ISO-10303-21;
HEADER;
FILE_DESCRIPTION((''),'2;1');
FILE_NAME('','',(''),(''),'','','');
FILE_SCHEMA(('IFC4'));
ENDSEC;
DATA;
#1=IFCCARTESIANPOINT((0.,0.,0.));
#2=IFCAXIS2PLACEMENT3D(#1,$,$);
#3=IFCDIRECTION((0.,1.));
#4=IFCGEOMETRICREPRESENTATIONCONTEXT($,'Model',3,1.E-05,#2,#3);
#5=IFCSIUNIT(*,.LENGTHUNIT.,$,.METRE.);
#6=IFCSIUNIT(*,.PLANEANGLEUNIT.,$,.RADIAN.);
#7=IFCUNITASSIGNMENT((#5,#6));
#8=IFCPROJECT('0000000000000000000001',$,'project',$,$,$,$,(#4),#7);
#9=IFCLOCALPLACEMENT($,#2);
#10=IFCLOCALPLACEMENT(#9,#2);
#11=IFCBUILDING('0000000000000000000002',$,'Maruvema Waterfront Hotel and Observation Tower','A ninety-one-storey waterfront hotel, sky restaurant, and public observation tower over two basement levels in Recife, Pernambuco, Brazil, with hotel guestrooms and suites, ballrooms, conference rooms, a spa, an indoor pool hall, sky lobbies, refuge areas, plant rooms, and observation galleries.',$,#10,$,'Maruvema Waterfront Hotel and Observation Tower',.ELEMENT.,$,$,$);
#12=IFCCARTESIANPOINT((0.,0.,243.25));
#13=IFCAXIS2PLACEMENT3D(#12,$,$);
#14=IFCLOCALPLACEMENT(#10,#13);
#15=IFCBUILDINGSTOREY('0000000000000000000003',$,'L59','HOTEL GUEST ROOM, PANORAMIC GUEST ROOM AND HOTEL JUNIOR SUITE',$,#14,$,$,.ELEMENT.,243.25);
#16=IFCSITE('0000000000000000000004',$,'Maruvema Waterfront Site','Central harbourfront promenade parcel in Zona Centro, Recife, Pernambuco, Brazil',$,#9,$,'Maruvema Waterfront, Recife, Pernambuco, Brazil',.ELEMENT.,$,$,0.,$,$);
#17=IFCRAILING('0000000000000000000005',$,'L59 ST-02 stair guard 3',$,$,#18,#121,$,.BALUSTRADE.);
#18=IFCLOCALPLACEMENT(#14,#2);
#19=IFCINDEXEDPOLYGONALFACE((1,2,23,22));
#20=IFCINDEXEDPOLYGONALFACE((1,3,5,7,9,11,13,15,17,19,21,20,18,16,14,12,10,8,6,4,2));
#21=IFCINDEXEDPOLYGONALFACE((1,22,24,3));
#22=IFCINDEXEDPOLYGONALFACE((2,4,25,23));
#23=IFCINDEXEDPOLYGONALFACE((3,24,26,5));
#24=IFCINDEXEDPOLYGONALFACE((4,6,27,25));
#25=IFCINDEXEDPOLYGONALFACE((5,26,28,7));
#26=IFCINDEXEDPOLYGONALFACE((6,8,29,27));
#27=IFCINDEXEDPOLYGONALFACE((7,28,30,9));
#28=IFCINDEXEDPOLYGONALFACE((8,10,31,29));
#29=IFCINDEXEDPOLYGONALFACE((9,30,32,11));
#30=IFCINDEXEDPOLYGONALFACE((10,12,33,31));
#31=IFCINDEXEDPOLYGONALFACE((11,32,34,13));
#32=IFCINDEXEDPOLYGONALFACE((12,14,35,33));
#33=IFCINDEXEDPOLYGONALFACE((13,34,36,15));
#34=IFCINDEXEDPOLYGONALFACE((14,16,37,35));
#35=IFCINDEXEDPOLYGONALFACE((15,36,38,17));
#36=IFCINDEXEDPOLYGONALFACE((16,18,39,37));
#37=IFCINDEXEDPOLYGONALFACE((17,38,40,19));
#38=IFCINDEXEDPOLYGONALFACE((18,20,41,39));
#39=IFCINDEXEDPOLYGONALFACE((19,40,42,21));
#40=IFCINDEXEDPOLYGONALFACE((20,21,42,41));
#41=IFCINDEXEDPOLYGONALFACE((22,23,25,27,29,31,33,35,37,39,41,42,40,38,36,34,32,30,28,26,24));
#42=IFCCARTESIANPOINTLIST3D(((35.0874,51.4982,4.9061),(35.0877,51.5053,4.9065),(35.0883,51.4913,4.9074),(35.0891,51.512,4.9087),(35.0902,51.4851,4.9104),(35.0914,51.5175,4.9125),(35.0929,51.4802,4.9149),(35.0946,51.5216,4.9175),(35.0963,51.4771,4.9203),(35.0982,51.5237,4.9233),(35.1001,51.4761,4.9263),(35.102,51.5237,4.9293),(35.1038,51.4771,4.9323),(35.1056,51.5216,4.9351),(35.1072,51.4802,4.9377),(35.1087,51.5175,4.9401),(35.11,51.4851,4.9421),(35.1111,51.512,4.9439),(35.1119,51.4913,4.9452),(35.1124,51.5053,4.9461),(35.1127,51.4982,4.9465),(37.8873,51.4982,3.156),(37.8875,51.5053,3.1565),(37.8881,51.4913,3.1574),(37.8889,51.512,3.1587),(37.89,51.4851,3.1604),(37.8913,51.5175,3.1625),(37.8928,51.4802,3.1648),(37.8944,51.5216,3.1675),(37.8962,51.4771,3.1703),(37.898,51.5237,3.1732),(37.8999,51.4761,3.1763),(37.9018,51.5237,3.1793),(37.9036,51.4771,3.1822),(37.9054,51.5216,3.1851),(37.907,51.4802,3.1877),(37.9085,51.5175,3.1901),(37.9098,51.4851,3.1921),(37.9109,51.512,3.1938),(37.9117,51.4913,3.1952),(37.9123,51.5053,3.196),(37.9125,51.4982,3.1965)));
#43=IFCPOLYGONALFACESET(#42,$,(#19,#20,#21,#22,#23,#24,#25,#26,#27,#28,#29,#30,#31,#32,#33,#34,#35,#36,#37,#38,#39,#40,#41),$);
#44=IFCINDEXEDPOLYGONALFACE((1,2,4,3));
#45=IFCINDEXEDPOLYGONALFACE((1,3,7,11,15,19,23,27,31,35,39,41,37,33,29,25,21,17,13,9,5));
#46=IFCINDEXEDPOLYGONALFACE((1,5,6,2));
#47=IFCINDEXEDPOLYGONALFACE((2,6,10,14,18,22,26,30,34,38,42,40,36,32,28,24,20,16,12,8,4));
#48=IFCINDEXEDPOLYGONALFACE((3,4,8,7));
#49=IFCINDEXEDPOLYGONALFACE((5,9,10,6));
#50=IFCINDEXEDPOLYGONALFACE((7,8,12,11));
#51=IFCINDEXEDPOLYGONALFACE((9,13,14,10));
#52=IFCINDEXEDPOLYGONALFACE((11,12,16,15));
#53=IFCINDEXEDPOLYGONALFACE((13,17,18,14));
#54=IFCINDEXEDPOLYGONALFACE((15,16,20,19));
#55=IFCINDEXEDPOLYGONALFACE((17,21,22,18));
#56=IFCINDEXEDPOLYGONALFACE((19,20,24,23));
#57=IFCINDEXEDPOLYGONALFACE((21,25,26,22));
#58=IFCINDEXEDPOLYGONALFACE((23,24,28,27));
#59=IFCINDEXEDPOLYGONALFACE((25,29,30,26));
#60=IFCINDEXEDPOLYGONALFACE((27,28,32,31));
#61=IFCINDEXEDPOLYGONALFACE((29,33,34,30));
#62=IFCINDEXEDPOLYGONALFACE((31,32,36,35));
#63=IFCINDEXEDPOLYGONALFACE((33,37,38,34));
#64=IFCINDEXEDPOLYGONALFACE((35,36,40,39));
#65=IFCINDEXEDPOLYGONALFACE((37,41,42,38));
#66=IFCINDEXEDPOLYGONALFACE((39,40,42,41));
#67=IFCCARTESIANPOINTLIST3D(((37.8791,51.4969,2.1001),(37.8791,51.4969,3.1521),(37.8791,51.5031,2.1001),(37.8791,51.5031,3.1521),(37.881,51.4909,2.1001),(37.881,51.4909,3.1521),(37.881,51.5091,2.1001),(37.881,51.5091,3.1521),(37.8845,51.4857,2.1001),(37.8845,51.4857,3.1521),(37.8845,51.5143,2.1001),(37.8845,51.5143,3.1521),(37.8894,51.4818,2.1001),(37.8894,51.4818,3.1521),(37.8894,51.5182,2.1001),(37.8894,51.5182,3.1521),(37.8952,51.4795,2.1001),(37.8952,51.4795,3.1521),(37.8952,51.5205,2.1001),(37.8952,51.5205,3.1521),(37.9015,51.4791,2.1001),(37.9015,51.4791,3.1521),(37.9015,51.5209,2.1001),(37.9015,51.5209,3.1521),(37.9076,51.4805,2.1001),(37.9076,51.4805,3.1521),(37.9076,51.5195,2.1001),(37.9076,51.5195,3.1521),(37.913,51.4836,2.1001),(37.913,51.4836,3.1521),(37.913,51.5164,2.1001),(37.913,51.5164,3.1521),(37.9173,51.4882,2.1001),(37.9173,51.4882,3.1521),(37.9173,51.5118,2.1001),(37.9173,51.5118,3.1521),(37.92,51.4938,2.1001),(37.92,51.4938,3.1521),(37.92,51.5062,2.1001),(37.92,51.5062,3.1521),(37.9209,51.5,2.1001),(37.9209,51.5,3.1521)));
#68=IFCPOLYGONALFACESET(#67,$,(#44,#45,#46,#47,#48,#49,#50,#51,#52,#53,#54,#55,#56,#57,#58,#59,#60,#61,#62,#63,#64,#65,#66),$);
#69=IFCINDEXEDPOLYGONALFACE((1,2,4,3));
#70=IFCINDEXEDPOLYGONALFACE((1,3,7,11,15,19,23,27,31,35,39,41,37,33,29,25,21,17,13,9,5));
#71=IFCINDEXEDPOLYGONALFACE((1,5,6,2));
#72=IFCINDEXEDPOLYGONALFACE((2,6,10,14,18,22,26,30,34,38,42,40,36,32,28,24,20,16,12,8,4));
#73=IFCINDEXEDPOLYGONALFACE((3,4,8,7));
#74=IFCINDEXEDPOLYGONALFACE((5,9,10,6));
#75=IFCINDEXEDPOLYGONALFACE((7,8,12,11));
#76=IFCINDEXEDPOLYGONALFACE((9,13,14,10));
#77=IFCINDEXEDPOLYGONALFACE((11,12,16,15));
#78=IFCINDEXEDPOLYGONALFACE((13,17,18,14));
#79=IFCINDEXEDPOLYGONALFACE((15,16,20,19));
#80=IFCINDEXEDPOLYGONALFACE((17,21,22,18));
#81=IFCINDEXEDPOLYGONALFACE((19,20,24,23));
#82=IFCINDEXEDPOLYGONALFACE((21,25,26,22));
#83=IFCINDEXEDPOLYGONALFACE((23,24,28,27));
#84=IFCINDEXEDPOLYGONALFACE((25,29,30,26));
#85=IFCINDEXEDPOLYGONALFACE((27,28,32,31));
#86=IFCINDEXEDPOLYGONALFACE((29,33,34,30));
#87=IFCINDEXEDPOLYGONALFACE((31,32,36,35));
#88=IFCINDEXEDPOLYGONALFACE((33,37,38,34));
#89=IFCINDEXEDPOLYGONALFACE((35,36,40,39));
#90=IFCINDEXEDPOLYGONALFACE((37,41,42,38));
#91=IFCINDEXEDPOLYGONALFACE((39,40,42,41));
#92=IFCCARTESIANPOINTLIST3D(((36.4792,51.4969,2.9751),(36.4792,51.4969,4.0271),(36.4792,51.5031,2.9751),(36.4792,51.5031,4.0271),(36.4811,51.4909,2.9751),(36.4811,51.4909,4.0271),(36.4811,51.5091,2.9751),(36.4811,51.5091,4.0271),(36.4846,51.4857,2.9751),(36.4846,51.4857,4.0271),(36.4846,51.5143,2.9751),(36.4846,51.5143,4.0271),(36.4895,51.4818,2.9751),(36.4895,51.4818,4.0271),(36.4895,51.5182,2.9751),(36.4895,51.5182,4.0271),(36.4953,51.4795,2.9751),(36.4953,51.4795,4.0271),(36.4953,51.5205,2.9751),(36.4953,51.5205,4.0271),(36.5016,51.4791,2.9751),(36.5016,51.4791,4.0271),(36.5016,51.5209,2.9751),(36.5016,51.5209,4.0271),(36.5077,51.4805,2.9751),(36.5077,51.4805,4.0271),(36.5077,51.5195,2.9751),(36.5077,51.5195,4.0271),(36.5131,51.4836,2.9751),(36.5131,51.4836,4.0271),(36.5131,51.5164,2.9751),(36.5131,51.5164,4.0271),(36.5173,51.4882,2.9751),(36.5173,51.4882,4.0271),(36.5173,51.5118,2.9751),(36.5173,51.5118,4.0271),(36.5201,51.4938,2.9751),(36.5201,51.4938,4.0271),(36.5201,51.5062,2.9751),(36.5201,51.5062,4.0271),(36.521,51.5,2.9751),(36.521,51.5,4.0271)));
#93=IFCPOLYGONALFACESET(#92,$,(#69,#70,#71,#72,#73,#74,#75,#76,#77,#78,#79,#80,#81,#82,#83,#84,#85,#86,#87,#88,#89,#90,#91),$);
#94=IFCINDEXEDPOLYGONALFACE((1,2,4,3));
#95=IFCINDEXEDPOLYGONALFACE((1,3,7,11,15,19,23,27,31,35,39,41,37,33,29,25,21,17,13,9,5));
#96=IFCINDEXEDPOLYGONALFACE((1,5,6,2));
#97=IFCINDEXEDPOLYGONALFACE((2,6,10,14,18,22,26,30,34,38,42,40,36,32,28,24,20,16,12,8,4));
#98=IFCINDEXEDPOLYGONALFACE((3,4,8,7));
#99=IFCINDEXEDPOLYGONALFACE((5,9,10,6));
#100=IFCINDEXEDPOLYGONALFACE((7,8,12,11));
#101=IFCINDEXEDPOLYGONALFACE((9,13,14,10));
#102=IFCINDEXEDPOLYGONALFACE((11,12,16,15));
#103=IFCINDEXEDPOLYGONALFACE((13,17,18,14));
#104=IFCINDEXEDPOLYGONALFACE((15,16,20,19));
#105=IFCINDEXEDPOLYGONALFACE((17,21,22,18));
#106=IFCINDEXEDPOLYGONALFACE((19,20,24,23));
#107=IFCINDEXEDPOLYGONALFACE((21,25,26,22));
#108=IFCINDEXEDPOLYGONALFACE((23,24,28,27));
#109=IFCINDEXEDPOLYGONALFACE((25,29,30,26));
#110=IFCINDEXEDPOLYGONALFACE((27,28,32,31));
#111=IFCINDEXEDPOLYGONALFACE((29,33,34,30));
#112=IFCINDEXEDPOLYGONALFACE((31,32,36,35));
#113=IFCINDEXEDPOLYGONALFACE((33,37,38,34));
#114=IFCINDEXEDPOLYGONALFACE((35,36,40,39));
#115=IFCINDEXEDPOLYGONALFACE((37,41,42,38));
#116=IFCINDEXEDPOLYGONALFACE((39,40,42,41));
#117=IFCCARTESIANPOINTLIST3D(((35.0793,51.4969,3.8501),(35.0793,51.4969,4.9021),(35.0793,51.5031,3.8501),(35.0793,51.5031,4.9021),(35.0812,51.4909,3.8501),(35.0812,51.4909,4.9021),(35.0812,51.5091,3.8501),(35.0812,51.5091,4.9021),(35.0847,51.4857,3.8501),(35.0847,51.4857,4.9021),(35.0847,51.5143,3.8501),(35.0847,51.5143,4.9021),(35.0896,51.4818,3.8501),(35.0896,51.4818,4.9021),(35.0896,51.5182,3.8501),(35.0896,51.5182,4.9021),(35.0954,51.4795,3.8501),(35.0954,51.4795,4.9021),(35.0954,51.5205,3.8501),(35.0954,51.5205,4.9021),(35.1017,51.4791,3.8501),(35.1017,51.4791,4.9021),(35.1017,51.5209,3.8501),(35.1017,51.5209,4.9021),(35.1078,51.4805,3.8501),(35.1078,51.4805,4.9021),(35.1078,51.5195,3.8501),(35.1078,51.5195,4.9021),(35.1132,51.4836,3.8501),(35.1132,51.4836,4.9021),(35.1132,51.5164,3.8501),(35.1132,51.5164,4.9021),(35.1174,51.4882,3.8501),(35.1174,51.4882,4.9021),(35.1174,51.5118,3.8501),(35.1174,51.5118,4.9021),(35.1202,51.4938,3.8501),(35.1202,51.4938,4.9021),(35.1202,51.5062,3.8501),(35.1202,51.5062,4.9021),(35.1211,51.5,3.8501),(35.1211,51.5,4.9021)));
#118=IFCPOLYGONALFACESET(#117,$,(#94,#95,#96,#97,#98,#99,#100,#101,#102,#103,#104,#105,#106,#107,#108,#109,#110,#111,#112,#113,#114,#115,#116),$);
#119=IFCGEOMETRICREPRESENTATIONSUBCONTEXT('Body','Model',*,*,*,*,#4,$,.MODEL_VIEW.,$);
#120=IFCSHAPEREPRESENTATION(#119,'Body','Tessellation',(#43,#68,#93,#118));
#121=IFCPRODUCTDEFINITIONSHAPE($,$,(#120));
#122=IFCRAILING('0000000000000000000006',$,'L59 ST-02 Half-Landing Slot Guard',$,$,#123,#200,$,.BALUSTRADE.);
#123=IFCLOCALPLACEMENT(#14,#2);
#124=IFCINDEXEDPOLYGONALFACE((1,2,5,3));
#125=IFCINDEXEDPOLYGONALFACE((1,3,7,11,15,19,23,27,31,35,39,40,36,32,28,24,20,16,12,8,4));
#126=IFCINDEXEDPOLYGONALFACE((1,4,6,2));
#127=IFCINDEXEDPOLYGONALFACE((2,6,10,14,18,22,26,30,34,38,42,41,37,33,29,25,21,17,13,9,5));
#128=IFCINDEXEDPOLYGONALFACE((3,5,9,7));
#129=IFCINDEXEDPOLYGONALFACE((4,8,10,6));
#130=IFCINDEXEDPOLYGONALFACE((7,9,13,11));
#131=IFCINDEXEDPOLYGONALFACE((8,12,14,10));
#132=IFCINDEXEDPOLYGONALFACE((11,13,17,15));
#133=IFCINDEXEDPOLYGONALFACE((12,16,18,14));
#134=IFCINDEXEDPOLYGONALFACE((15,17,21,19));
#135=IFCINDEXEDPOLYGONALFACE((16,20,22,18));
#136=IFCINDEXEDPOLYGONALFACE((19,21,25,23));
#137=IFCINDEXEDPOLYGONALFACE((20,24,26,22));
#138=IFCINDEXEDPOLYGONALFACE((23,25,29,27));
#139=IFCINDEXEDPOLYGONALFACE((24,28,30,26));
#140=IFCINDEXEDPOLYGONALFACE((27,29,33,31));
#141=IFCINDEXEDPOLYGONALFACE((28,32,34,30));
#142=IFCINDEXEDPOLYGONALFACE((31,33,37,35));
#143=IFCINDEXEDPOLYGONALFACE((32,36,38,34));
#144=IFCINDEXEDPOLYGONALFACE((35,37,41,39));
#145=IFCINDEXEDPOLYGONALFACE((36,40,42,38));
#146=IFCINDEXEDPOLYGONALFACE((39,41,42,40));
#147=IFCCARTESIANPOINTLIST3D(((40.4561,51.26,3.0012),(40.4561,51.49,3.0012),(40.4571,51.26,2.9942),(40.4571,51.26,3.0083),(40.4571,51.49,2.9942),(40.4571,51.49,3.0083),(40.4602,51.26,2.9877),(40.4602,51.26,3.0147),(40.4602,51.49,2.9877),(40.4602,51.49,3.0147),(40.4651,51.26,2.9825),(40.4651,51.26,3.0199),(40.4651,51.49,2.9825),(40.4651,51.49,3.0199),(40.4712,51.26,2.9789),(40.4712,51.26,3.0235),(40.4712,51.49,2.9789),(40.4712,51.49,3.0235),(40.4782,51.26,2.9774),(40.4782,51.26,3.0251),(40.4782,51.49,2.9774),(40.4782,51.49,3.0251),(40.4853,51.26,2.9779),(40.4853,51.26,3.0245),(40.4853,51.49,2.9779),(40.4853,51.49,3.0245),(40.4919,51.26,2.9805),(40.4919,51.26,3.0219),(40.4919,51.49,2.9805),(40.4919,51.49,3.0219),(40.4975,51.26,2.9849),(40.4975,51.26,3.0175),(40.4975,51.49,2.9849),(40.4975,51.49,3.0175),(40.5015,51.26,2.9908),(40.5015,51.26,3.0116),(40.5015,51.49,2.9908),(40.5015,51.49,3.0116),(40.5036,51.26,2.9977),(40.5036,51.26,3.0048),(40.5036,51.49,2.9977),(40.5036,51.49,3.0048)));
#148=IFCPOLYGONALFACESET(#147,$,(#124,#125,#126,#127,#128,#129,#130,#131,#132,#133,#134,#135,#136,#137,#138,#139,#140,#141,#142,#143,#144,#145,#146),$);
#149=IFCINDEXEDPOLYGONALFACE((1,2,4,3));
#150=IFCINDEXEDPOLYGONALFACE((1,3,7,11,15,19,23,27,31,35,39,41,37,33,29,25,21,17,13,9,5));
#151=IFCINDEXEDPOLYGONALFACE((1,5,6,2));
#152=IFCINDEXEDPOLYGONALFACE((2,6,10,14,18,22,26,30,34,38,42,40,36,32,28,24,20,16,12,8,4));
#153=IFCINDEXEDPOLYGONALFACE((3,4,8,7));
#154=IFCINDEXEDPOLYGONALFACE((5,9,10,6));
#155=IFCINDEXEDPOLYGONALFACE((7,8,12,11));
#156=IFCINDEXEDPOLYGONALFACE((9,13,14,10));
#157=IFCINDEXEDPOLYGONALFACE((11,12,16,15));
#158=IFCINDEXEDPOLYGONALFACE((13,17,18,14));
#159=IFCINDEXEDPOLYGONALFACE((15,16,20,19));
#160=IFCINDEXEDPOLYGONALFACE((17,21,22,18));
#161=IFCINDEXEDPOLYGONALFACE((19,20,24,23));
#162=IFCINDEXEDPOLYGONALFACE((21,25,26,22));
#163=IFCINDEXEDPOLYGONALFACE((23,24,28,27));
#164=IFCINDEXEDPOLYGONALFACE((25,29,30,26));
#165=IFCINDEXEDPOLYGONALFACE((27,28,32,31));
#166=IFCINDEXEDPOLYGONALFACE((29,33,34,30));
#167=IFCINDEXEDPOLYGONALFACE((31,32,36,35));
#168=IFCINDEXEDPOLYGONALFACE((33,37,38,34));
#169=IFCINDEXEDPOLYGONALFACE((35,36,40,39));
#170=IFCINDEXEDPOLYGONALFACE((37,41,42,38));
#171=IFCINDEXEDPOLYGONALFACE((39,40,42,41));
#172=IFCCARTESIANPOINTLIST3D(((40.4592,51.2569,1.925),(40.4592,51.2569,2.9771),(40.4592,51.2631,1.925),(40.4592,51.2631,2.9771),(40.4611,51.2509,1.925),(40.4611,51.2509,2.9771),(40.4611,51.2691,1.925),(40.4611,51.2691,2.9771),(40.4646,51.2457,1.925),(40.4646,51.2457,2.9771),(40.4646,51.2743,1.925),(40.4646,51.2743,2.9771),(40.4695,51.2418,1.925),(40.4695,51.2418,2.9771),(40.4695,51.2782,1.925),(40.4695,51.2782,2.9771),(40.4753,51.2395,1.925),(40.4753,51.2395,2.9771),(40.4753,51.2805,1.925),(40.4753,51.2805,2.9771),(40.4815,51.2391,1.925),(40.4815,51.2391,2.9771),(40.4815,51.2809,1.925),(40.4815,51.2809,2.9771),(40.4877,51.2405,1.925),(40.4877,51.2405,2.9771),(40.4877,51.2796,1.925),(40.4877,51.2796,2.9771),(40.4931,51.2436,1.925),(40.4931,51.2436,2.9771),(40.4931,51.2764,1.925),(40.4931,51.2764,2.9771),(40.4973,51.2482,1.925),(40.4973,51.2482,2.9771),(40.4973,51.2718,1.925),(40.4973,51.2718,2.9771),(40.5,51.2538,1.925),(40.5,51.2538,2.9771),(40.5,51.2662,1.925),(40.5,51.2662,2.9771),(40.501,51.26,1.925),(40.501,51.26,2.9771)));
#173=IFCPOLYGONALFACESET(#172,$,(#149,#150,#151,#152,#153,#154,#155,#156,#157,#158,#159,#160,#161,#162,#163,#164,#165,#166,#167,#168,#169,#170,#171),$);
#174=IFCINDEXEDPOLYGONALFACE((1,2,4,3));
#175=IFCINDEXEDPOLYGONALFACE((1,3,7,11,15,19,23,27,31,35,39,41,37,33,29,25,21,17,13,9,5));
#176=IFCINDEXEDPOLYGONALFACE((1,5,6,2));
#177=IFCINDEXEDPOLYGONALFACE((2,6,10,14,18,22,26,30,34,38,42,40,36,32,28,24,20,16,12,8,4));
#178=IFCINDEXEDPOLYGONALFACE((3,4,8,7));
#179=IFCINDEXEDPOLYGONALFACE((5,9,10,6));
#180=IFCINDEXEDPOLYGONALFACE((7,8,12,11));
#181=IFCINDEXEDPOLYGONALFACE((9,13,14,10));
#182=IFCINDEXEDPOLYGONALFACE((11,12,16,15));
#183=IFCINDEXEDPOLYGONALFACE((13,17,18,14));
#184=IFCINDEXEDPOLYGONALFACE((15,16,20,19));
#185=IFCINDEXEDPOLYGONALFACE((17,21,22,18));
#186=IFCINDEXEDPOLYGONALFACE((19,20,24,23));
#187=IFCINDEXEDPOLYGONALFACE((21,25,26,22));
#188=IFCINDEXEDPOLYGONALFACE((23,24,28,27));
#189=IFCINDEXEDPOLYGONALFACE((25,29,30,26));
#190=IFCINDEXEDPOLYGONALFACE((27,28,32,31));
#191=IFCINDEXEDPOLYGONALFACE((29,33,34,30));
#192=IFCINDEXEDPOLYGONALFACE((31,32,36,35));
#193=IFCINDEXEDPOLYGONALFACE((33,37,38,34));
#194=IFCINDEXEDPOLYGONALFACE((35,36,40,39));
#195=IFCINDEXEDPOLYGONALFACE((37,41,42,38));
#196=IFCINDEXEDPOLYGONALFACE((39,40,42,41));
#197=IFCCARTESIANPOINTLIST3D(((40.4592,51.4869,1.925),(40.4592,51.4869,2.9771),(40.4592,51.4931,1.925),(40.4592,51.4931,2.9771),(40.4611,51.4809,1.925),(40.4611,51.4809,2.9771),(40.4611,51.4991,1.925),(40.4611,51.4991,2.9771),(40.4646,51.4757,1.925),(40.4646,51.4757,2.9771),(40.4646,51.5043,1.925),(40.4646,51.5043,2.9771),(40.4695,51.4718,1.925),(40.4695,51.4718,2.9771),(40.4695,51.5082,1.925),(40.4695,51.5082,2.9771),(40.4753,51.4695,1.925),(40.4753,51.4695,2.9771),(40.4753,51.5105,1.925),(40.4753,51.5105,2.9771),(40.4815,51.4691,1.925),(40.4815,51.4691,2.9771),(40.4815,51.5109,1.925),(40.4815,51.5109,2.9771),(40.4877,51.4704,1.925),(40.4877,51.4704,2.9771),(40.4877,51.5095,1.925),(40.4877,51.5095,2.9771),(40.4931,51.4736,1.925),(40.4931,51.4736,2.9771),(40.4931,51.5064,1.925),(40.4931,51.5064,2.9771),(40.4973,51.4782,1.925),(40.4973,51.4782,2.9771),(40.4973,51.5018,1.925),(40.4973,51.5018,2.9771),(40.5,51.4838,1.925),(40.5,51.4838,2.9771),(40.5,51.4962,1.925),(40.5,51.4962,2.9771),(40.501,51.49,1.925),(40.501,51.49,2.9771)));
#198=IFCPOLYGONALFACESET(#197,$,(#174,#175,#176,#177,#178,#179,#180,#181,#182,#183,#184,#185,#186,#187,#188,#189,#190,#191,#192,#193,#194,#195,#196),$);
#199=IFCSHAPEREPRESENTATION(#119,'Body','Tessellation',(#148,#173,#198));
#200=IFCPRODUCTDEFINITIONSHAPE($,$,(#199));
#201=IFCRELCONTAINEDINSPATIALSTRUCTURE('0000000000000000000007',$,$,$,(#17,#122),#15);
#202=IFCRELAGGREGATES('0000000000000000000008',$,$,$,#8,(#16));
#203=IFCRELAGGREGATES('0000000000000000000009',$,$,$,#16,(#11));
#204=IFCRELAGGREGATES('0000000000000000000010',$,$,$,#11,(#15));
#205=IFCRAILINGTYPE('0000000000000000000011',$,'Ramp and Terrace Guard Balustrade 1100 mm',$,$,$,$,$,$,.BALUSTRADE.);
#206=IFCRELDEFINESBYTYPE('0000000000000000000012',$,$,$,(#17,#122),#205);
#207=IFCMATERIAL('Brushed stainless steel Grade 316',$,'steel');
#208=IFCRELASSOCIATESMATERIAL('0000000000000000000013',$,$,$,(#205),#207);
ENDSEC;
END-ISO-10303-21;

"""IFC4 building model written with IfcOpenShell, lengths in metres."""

from ifc_helpers import new_model, si_unit, direction, frame, origin, origin_2d, place, context, subcontext, project, spatial, circle, extrude, material, type_object, element, save


model = new_model("IFC4")

# Units and contexts
model_context = context("Model", 3, precision=1e-05, world=origin(), true_north=direction((0.0, 1.0)))
body_context = subcontext(model_context, "Body", "Model", "MODEL_VIEW")
ifc_project = project(units=[si_unit("LENGTHUNIT", "METRE"), si_unit("PLANEANGLEUNIT", "RADIAN")], contexts=[model_context])

# Site, building, storey
site_placement = place(None, origin())
site = spatial("IfcSite", under=ifc_project, at=site_placement, Name="Maruvema Waterfront Site", Description="Central harbourfront promenade parcel in Zona Centro, Recife, Pernambuco, Brazil", LongName="Maruvema Waterfront, Recife, Pernambuco, Brazil", CompositionType="ELEMENT", RefElevation=0.0)
building_placement = place(site_placement, origin())
building = spatial("IfcBuilding", under=site, at=building_placement, Name="Maruvema Waterfront Hotel and Observation Tower", Description="A ninety-one-storey waterfront hotel, sky restaurant, and public observation tower over two basement levels in Recife, Pernambuco, Brazil, with hotel guestrooms and suites, ballrooms, conference rooms, a spa, an indoor pool hall, sky lobbies, refuge areas, plant rooms, and observation galleries.", LongName="Maruvema Waterfront Hotel and Observation Tower", CompositionType="ELEMENT")
storey_placement = place(building_placement, frame((0.0, 0.0, 243.25)))
storey = spatial("IfcBuildingStorey", under=building, at=storey_placement, Name="L59", Description="HOTEL GUEST ROOM, PANORAMIC GUEST ROOM AND HOTEL JUNIOR SUITE", CompositionType="ELEMENT", Elevation=243.25)

# Railings
ifc_material_1 = material(Name="Brushed stainless steel Grade 316", Category="steel")
railing_type_1 = type_object("IfcRailingType", Name="Ramp and Terrace Guard Balustrade 1100 mm", PredefinedType="BALUSTRADE", material=ifc_material_1)
railing_1_placement = place(storey_placement, frame((37.8999, 51.5, 2.1001)))
element("IfcRailing", 1, at=railing_1_placement, inside=storey, type_object=railing_type_1, Name="L59 ST-02 stair guard 3", PredefinedType="BALUSTRADE", context=body_context, shape_type="SweptSolid", body=[
    extrude(circle(Radius=0.0239, at=origin_2d()), frame((0.0, 0.0, 1.0762), z_axis=(-0.847982, 0.0, 0.530026), x_axis=(0.0, -1.0, 0.0)), (0.0, 0.0, 1.0), 3.3018),
    extrude(circle(Radius=0.021, at=origin_2d()), origin(), (0.0, 0.0, 1.0), 1.052),
    extrude(circle(Radius=0.021, at=origin_2d()), frame((-1.3999, 0.0, 0.875)), (0.0, 0.0, 1.0), 1.052),
    extrude(circle(Radius=0.021, at=origin_2d()), frame((-2.7998, 0.0, 1.75)), (0.0, 0.0, 1.0), 1.052),
])
railing_2_placement = place(storey_placement, frame((40.48, 51.26, 1.925)))
element("IfcRailing", 2, at=railing_2_placement, inside=storey, type_object=railing_type_1, Name="L59 ST-02 Half-Landing Slot Guard", PredefinedType="BALUSTRADE", context=body_context, shape_type="SweptSolid", body=[
    extrude(circle(Radius=0.0239, at=origin_2d()), frame((0.0, 0.0, 1.0762), z_axis=(0.0, 1.0, 0.0), x_axis=(-1.0, 0.0, 0.0)), (0.0, 0.0, 1.0), 0.23),
    extrude(circle(Radius=0.021, at=origin_2d()), origin(), (0.0, 0.0, 1.0), 1.052),
    extrude(circle(Radius=0.021, at=origin_2d()), frame((0.0, 0.23, 0.0)), (0.0, 0.0, 1.0), 1.052),
])

save(model, "model.ifc")
